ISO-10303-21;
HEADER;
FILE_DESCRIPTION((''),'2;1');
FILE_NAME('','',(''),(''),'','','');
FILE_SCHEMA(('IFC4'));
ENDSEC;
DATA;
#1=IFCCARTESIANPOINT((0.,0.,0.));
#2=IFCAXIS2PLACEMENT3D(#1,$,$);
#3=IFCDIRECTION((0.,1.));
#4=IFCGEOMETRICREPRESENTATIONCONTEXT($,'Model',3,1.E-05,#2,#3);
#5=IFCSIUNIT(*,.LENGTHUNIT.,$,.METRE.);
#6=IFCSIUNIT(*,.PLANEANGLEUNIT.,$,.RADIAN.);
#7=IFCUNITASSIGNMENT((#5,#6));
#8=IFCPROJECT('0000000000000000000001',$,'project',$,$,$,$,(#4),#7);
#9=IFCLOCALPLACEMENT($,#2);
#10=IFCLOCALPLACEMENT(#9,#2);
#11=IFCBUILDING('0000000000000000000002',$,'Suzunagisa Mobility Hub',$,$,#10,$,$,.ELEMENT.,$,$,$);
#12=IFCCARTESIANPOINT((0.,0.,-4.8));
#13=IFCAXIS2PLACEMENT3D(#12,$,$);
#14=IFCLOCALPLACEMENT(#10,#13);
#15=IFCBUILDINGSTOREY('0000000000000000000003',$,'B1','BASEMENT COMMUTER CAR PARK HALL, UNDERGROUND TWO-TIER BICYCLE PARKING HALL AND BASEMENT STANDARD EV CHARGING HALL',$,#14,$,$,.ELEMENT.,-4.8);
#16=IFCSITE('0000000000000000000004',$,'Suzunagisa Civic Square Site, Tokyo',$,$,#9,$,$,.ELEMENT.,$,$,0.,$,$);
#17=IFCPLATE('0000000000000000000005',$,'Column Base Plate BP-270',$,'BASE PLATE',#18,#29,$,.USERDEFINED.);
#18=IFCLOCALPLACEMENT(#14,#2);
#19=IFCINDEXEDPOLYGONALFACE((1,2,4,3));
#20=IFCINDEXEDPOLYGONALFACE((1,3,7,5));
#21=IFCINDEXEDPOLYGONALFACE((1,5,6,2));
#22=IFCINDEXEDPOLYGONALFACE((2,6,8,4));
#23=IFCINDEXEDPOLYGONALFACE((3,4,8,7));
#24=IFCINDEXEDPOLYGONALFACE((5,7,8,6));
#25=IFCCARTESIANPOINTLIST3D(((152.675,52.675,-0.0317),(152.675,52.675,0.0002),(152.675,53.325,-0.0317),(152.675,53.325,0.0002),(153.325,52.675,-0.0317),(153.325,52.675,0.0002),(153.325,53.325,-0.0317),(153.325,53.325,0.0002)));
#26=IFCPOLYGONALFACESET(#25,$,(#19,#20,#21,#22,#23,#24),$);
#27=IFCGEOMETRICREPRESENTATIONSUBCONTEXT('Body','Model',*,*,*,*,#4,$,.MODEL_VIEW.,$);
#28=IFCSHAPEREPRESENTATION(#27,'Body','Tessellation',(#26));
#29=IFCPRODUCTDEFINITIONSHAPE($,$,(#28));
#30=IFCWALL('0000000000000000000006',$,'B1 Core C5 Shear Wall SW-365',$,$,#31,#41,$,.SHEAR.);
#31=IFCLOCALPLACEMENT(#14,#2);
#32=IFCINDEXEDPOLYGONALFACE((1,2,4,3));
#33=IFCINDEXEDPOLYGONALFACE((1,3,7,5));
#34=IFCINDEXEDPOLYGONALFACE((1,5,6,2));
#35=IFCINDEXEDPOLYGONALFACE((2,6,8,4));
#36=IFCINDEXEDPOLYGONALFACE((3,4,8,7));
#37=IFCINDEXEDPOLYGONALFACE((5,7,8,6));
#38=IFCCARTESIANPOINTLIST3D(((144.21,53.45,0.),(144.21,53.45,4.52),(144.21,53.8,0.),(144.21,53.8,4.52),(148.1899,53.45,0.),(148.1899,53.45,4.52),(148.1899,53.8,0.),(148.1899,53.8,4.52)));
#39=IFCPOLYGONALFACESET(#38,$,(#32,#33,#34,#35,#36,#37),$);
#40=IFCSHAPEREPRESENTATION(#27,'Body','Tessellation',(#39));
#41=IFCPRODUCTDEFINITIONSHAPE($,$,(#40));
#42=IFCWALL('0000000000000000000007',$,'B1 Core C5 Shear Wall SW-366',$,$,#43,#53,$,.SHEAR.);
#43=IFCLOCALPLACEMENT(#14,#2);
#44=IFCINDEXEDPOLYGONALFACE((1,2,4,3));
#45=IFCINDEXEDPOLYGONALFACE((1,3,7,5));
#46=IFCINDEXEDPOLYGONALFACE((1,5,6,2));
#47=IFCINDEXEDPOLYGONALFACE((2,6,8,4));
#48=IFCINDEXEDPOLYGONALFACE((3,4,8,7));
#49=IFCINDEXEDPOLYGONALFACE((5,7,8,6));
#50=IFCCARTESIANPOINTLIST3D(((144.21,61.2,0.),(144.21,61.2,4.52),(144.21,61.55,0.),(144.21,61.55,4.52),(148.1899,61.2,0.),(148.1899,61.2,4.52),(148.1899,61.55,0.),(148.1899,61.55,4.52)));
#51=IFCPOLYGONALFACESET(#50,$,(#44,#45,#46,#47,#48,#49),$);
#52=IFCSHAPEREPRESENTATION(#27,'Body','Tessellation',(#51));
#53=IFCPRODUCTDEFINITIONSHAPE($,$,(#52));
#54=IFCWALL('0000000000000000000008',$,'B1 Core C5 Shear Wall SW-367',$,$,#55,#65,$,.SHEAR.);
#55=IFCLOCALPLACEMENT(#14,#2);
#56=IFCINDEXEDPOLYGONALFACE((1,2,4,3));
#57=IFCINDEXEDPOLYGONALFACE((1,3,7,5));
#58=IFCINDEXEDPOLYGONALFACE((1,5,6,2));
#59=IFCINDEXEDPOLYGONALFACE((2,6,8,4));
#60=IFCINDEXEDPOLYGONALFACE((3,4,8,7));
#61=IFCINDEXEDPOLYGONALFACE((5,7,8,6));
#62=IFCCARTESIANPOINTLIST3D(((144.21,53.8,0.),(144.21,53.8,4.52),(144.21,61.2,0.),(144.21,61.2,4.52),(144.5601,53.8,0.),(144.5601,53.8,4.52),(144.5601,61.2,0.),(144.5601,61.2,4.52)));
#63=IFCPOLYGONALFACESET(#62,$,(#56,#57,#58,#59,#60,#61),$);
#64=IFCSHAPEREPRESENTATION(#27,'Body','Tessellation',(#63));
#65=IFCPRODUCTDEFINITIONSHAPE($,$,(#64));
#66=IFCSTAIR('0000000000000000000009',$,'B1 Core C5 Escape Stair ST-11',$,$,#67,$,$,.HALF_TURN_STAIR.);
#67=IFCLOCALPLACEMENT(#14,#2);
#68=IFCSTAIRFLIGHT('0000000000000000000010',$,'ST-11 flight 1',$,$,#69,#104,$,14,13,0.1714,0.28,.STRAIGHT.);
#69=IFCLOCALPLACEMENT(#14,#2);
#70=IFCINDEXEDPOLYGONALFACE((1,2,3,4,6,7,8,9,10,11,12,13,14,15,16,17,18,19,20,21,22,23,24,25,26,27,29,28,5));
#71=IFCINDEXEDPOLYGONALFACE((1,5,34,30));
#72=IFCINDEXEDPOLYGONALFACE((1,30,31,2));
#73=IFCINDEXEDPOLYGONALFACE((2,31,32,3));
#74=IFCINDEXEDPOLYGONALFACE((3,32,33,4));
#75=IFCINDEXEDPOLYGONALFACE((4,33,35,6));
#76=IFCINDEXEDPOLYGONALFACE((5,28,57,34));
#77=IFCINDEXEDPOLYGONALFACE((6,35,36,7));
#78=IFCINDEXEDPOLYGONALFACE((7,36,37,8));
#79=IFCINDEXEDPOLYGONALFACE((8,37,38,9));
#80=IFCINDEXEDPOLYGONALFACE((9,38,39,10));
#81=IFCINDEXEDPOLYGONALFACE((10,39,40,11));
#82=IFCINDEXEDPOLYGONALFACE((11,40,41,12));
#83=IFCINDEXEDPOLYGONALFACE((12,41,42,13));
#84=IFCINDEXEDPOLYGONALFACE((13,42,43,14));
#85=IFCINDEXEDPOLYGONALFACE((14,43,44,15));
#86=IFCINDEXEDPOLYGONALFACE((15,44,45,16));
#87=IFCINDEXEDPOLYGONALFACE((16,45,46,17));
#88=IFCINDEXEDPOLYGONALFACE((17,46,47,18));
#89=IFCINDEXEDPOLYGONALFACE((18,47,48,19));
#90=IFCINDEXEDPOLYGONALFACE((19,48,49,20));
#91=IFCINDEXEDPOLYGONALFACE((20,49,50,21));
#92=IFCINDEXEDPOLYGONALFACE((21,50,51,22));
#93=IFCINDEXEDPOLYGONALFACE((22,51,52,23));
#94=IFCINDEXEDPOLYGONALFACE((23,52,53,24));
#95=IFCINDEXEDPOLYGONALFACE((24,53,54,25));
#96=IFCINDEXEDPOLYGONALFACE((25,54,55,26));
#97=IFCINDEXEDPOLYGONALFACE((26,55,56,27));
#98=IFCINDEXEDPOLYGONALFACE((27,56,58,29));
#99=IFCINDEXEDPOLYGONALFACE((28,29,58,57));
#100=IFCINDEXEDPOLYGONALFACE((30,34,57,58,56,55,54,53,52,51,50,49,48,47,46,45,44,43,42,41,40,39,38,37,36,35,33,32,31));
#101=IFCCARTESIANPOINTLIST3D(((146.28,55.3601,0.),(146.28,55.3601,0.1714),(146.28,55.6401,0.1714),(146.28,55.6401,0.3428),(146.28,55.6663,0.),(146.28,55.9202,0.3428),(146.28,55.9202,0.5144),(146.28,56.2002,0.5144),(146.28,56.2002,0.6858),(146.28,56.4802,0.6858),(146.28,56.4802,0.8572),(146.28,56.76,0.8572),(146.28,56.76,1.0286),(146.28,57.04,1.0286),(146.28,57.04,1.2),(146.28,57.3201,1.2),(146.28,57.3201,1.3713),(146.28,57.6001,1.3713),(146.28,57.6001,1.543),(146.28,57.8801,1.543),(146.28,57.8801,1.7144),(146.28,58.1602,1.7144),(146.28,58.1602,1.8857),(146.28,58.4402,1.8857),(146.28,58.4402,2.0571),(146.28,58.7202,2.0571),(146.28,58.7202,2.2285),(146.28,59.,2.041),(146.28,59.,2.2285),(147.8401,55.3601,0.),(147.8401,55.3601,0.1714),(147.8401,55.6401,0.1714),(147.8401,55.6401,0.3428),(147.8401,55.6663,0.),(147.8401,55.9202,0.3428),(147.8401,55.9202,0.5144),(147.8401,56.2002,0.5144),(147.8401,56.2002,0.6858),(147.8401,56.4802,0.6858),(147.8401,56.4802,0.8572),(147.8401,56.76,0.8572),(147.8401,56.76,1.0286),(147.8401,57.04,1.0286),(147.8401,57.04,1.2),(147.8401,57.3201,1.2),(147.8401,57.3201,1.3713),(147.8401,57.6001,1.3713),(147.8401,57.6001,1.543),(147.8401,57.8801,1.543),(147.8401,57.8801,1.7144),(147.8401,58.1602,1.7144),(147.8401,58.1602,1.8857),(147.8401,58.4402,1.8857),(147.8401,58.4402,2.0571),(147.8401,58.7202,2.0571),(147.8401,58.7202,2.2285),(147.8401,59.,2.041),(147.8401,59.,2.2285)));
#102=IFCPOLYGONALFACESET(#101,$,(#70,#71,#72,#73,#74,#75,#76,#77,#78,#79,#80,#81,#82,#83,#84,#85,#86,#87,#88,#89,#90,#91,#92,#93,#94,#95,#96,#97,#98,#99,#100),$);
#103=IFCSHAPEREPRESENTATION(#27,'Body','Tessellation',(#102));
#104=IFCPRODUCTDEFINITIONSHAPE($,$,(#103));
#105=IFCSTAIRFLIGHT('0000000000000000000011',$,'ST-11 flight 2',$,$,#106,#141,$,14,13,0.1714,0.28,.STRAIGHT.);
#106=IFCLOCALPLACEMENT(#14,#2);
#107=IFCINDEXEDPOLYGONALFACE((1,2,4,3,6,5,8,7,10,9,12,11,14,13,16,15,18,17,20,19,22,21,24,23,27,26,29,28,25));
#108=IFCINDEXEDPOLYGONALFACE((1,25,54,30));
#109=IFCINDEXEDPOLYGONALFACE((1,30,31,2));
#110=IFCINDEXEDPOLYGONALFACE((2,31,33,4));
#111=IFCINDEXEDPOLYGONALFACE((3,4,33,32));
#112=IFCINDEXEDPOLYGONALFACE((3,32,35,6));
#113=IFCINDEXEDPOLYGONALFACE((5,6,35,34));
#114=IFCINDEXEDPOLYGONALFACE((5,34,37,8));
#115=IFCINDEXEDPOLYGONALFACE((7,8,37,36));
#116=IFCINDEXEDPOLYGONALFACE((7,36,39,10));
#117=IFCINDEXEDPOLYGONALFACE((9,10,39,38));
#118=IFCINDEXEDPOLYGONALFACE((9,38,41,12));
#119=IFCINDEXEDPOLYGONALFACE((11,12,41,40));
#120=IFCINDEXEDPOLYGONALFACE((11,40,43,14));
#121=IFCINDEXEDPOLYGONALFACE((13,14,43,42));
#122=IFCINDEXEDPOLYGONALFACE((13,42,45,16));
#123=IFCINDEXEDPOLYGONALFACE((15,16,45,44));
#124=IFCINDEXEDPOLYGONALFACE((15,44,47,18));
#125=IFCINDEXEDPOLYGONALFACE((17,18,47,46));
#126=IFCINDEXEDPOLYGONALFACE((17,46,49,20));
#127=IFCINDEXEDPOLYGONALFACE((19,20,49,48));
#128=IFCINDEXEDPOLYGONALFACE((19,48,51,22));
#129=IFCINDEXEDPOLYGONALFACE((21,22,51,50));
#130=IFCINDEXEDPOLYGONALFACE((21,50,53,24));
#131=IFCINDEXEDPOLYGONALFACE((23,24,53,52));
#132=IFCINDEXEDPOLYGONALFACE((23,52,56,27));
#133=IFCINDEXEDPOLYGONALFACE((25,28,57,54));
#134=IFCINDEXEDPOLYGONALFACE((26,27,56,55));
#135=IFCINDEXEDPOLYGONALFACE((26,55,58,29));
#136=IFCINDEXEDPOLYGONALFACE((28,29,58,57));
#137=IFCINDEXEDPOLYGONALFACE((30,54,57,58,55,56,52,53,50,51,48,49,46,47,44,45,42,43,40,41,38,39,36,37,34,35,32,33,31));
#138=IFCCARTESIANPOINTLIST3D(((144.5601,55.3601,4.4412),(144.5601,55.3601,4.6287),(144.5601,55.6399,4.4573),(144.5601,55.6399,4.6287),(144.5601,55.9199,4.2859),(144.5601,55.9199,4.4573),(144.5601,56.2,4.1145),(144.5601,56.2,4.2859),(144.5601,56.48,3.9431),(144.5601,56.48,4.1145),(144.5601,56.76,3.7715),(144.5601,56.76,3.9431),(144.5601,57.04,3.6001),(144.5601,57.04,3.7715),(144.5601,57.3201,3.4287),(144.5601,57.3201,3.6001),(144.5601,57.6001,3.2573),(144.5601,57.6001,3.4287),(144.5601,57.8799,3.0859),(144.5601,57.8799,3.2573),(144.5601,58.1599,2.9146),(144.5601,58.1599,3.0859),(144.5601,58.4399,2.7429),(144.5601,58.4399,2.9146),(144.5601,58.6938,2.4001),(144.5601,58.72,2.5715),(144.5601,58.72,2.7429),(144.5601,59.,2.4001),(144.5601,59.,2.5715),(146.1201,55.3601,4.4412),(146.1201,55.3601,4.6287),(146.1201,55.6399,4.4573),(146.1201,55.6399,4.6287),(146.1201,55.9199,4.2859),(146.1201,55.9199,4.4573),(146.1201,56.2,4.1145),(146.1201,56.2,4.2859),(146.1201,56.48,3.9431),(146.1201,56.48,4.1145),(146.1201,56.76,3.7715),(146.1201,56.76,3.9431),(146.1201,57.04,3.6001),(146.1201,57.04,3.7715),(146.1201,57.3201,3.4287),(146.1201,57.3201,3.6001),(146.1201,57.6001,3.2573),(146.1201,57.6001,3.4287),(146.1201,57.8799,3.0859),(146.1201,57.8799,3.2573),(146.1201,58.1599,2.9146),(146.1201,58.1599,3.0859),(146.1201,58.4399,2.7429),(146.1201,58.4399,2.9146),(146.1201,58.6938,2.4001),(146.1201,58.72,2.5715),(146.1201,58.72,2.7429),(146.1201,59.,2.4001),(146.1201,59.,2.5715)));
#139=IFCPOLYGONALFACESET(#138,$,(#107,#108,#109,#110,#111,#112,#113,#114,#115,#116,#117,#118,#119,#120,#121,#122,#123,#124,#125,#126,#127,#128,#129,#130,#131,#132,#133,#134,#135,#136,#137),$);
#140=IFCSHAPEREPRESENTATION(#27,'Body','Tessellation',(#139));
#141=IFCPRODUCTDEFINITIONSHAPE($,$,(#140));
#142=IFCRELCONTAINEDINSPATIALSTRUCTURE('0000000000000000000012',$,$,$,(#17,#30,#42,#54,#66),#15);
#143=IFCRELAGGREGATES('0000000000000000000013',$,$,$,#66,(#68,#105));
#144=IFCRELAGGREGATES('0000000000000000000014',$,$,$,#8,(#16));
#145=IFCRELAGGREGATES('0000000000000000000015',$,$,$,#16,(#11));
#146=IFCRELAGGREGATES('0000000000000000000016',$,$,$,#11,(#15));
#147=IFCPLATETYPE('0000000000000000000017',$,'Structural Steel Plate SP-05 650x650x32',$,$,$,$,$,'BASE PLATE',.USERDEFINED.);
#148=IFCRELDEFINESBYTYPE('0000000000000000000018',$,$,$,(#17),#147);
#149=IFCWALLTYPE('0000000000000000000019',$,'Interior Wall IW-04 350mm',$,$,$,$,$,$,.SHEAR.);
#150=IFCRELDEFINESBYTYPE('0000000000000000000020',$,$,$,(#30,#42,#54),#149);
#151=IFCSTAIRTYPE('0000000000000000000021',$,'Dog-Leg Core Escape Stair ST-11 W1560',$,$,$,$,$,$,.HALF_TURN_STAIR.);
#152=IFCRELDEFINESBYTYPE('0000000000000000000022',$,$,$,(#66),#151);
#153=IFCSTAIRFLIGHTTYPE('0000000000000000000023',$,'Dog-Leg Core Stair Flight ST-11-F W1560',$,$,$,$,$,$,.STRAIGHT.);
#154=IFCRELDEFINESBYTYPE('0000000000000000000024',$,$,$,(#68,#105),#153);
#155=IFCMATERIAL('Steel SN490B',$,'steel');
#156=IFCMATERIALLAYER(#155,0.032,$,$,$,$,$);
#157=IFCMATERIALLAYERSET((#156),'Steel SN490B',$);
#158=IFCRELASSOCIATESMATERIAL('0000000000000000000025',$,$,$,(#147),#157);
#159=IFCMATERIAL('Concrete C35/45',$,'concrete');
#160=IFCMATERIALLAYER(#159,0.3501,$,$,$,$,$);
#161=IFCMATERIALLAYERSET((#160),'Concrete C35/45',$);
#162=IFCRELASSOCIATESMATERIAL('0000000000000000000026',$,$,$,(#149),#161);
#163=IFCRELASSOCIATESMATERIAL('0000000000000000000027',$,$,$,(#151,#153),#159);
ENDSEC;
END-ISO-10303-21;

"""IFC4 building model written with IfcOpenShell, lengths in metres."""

from ifc_helpers import new_model, si_unit, direction, frame, frame_2d, origin, origin_2d, place, context, subcontext, project, spatial, polyline, rectangle, outline, extrude, material, layer, layer_set, type_object, element, aggregate, save


model = new_model("IFC4")

# Units and contexts
model_context = context("Model", 3, precision=1e-05, world=origin(), true_north=direction((0.0, 1.0)))
body_context = subcontext(model_context, "Body", "Model", "MODEL_VIEW")
ifc_project = project(units=[si_unit("LENGTHUNIT", "METRE"), si_unit("PLANEANGLEUNIT", "RADIAN")], contexts=[model_context])

# Site, building, storey
site_placement = place(None, origin())
site = spatial("IfcSite", under=ifc_project, at=site_placement, Name="Suzunagisa Civic Square Site, Tokyo", CompositionType="ELEMENT", RefElevation=0.0)
building_placement = place(site_placement, origin())
building = spatial("IfcBuilding", under=site, at=building_placement, Name="Suzunagisa Mobility Hub", CompositionType="ELEMENT")
storey_placement = place(building_placement, frame((0.0, 0.0, -4.8)))
storey = spatial("IfcBuildingStorey", under=building, at=storey_placement, Name="B1", Description="BASEMENT COMMUTER CAR PARK HALL, UNDERGROUND TWO-TIER BICYCLE PARKING HALL AND BASEMENT STANDARD EV CHARGING HALL", CompositionType="ELEMENT", Elevation=-4.8)

# Shared definitions
ifc_material_1 = material(Name="Concrete C35/45", Category="concrete")

# Shared definitions
ifc_material_2 = material(Name="Steel SN490B", Category="steel")

# Plate
ifc_layer_1 = layer(ifc_material_2, 0.032)
ifc_layer_set_1 = layer_set([ifc_layer_1], Name="Steel SN490B")
plate_type = type_object("IfcPlateType", Name="Structural Steel Plate SP-05 650x650x32", ElementType="BASE PLATE", PredefinedType="USERDEFINED", material=ifc_layer_set_1)
plate_placement = place(storey_placement, frame((153.0, 53.0, -0.0317), z_axis=(0.0, 0.0, 1.0), x_axis=(1.0, 0.0, 0.0)))
element("IfcPlate", 1, at=plate_placement, inside=storey, type_object=plate_type, Name="Column Base Plate BP-270", ObjectType="BASE PLATE", PredefinedType="USERDEFINED", context=body_context, shape_type="SweptSolid", body=[
    extrude(rectangle(XDim=0.6499, YDim=0.6499, at=origin_2d()), origin(), (0.0, 0.0, 1.0), 0.032),
])

# Walls
ifc_layer_2 = layer(ifc_material_1, 0.3501)
ifc_layer_set_2 = layer_set([ifc_layer_2], Name="Concrete C35/45")
wall_type = type_object("IfcWallType", Name="Interior Wall IW-04 350mm", PredefinedType="SHEAR", material=ifc_layer_set_2)
for number, where, z_axis, x_axis, name in (
    (2, (144.21, 53.625, 0.0), (0.0, 0.0, 1.0), (1.0, 0.0, 0.0), "B1 Core C5 Shear Wall SW-365"),
    (3, (144.21, 61.375, 0.0), (0.0, 0.0, 1.0), (1.0, 0.0, 0.0), "B1 Core C5 Shear Wall SW-366"),
):
    element("IfcWall", number, at=place(storey_placement, frame(where, z_axis=z_axis, x_axis=x_axis)), inside=storey, type_object=wall_type, Name=name, PredefinedType="SHEAR", context=body_context, shape_type="SweptSolid", body=[
        extrude(rectangle(XDim=3.98, YDim=0.3501, at=frame_2d((1.99, 0.0))), origin(), (0.0, 0.0, 1.0), 4.52),
    ])
wall_1_placement = place(storey_placement, frame((144.385, 53.8, 0.0), z_axis=(0.0, 0.0, 1.0), x_axis=(0.0, 1.0, 0.0)))
element("IfcWall", 4, at=wall_1_placement, inside=storey, type_object=wall_type, Name="B1 Core C5 Shear Wall SW-367", PredefinedType="SHEAR", context=body_context, shape_type="SweptSolid", body=[
    extrude(rectangle(XDim=7.3999, YDim=0.3501, at=frame_2d((3.7, 0.0))), origin(), (0.0, 0.0, 1.0), 4.52),
])

# Stair, stair flights
stair_type = type_object("IfcStairType", Name="Dog-Leg Core Escape Stair ST-11 W1560", PredefinedType="HALF_TURN_STAIR", material=ifc_material_1)
stair_placement = place(storey_placement, origin())
stair = element("IfcStair", 5, at=stair_placement, inside=storey, type_object=stair_type, Name="B1 Core C5 Escape Stair ST-11", PredefinedType="HALF_TURN_STAIR")
stair_flight_type = type_object("IfcStairFlightType", Name="Dog-Leg Core Stair Flight ST-11-F W1560", PredefinedType="STRAIGHT", material=ifc_material_1)
stair_flight_1_placement = place(storey_placement, frame((147.0601, 55.3601, 0.0), z_axis=(0.0, 0.0, 1.0), x_axis=(0.0, 1.0, 0.0)))
stair_flight_1 = element("IfcStairFlight", 6, at=stair_flight_1_placement, type_object=stair_flight_type, Name="ST-11 flight 1", NumberOfRisers=14, NumberOfTreads=13, PredefinedType="STRAIGHT", RiserHeight=0.1714, TreadLength=0.28, context=body_context, shape_type="SweptSolid", body=[
    extrude(outline(polyline([(0.0, 0.0), (0.0, 0.1714), (0.28, 0.1714), (0.28, 0.3428), (0.5601, 0.3428), (0.5601, 0.5144), (0.8401, 0.5144), (0.8401, 0.6858), (1.1201, 0.6858), (1.1201, 0.8572), (1.3999, 0.8572), (1.3999, 1.0286), (1.6799, 1.0286), (1.6799, 1.2), (1.96, 1.2), (1.96, 1.3713), (2.24, 1.3713), (2.24, 1.543), (2.52, 1.543), (2.52, 1.7144), (2.8, 1.7144), (2.8, 1.8857), (3.0801, 1.8857), (3.0801, 2.0571), (3.3601, 2.0571), (3.3601, 2.2285), (3.6399, 2.2285), (3.6399, 2.3999), (3.6399, 2.041), (0.3062, 0.0), (0.0, 0.0)])), frame((0.0, 0.78, 0.0), z_axis=(0.0, -1.0, 0.0), x_axis=(1.0, 0.0, 0.0)), (0.0, 0.0, 1.0), 1.5601),
])
stair_flight_2_placement = place(storey_placement, frame((145.3401, 59.0, 2.4001), z_axis=(0.0, 0.0, 1.0), x_axis=(0.0, -1.0, 0.0)))
stair_flight_2 = element("IfcStairFlight", 7, at=stair_flight_2_placement, type_object=stair_flight_type, Name="ST-11 flight 2", NumberOfRisers=14, NumberOfTreads=13, PredefinedType="STRAIGHT", RiserHeight=0.1714, TreadLength=0.28, context=body_context, shape_type="SweptSolid", body=[
    extrude(outline(polyline([(0.0, 0.0), (0.0, 0.1714), (0.28, 0.1714), (0.28, 0.3428), (0.5601, 0.3428), (0.5601, 0.5144), (0.8401, 0.5144), (0.8401, 0.6858), (1.1201, 0.6858), (1.1201, 0.8572), (1.3999, 0.8572), (1.3999, 1.0286), (1.6799, 1.0286), (1.6799, 1.2), (1.96, 1.2), (1.96, 1.3713), (2.24, 1.3713), (2.24, 1.543), (2.52, 1.543), (2.52, 1.7144), (2.8, 1.7144), (2.8, 1.8857), (3.0801, 1.8857), (3.0801, 2.0571), (3.3601, 2.0571), (3.3601, 2.2285), (3.6399, 2.2285), (3.6399, 2.3999), (3.6399, 2.041), (0.3062, 0.0), (0.0, 0.0)])), frame((0.0, 0.78, 0.0), z_axis=(0.0, -1.0, 0.0), x_axis=(1.0, 0.0, 0.0)), (0.0, 0.0, 1.0), 1.5601),
])
aggregate(stair, [stair_flight_1, stair_flight_2])

save(model, "model.ifc")
